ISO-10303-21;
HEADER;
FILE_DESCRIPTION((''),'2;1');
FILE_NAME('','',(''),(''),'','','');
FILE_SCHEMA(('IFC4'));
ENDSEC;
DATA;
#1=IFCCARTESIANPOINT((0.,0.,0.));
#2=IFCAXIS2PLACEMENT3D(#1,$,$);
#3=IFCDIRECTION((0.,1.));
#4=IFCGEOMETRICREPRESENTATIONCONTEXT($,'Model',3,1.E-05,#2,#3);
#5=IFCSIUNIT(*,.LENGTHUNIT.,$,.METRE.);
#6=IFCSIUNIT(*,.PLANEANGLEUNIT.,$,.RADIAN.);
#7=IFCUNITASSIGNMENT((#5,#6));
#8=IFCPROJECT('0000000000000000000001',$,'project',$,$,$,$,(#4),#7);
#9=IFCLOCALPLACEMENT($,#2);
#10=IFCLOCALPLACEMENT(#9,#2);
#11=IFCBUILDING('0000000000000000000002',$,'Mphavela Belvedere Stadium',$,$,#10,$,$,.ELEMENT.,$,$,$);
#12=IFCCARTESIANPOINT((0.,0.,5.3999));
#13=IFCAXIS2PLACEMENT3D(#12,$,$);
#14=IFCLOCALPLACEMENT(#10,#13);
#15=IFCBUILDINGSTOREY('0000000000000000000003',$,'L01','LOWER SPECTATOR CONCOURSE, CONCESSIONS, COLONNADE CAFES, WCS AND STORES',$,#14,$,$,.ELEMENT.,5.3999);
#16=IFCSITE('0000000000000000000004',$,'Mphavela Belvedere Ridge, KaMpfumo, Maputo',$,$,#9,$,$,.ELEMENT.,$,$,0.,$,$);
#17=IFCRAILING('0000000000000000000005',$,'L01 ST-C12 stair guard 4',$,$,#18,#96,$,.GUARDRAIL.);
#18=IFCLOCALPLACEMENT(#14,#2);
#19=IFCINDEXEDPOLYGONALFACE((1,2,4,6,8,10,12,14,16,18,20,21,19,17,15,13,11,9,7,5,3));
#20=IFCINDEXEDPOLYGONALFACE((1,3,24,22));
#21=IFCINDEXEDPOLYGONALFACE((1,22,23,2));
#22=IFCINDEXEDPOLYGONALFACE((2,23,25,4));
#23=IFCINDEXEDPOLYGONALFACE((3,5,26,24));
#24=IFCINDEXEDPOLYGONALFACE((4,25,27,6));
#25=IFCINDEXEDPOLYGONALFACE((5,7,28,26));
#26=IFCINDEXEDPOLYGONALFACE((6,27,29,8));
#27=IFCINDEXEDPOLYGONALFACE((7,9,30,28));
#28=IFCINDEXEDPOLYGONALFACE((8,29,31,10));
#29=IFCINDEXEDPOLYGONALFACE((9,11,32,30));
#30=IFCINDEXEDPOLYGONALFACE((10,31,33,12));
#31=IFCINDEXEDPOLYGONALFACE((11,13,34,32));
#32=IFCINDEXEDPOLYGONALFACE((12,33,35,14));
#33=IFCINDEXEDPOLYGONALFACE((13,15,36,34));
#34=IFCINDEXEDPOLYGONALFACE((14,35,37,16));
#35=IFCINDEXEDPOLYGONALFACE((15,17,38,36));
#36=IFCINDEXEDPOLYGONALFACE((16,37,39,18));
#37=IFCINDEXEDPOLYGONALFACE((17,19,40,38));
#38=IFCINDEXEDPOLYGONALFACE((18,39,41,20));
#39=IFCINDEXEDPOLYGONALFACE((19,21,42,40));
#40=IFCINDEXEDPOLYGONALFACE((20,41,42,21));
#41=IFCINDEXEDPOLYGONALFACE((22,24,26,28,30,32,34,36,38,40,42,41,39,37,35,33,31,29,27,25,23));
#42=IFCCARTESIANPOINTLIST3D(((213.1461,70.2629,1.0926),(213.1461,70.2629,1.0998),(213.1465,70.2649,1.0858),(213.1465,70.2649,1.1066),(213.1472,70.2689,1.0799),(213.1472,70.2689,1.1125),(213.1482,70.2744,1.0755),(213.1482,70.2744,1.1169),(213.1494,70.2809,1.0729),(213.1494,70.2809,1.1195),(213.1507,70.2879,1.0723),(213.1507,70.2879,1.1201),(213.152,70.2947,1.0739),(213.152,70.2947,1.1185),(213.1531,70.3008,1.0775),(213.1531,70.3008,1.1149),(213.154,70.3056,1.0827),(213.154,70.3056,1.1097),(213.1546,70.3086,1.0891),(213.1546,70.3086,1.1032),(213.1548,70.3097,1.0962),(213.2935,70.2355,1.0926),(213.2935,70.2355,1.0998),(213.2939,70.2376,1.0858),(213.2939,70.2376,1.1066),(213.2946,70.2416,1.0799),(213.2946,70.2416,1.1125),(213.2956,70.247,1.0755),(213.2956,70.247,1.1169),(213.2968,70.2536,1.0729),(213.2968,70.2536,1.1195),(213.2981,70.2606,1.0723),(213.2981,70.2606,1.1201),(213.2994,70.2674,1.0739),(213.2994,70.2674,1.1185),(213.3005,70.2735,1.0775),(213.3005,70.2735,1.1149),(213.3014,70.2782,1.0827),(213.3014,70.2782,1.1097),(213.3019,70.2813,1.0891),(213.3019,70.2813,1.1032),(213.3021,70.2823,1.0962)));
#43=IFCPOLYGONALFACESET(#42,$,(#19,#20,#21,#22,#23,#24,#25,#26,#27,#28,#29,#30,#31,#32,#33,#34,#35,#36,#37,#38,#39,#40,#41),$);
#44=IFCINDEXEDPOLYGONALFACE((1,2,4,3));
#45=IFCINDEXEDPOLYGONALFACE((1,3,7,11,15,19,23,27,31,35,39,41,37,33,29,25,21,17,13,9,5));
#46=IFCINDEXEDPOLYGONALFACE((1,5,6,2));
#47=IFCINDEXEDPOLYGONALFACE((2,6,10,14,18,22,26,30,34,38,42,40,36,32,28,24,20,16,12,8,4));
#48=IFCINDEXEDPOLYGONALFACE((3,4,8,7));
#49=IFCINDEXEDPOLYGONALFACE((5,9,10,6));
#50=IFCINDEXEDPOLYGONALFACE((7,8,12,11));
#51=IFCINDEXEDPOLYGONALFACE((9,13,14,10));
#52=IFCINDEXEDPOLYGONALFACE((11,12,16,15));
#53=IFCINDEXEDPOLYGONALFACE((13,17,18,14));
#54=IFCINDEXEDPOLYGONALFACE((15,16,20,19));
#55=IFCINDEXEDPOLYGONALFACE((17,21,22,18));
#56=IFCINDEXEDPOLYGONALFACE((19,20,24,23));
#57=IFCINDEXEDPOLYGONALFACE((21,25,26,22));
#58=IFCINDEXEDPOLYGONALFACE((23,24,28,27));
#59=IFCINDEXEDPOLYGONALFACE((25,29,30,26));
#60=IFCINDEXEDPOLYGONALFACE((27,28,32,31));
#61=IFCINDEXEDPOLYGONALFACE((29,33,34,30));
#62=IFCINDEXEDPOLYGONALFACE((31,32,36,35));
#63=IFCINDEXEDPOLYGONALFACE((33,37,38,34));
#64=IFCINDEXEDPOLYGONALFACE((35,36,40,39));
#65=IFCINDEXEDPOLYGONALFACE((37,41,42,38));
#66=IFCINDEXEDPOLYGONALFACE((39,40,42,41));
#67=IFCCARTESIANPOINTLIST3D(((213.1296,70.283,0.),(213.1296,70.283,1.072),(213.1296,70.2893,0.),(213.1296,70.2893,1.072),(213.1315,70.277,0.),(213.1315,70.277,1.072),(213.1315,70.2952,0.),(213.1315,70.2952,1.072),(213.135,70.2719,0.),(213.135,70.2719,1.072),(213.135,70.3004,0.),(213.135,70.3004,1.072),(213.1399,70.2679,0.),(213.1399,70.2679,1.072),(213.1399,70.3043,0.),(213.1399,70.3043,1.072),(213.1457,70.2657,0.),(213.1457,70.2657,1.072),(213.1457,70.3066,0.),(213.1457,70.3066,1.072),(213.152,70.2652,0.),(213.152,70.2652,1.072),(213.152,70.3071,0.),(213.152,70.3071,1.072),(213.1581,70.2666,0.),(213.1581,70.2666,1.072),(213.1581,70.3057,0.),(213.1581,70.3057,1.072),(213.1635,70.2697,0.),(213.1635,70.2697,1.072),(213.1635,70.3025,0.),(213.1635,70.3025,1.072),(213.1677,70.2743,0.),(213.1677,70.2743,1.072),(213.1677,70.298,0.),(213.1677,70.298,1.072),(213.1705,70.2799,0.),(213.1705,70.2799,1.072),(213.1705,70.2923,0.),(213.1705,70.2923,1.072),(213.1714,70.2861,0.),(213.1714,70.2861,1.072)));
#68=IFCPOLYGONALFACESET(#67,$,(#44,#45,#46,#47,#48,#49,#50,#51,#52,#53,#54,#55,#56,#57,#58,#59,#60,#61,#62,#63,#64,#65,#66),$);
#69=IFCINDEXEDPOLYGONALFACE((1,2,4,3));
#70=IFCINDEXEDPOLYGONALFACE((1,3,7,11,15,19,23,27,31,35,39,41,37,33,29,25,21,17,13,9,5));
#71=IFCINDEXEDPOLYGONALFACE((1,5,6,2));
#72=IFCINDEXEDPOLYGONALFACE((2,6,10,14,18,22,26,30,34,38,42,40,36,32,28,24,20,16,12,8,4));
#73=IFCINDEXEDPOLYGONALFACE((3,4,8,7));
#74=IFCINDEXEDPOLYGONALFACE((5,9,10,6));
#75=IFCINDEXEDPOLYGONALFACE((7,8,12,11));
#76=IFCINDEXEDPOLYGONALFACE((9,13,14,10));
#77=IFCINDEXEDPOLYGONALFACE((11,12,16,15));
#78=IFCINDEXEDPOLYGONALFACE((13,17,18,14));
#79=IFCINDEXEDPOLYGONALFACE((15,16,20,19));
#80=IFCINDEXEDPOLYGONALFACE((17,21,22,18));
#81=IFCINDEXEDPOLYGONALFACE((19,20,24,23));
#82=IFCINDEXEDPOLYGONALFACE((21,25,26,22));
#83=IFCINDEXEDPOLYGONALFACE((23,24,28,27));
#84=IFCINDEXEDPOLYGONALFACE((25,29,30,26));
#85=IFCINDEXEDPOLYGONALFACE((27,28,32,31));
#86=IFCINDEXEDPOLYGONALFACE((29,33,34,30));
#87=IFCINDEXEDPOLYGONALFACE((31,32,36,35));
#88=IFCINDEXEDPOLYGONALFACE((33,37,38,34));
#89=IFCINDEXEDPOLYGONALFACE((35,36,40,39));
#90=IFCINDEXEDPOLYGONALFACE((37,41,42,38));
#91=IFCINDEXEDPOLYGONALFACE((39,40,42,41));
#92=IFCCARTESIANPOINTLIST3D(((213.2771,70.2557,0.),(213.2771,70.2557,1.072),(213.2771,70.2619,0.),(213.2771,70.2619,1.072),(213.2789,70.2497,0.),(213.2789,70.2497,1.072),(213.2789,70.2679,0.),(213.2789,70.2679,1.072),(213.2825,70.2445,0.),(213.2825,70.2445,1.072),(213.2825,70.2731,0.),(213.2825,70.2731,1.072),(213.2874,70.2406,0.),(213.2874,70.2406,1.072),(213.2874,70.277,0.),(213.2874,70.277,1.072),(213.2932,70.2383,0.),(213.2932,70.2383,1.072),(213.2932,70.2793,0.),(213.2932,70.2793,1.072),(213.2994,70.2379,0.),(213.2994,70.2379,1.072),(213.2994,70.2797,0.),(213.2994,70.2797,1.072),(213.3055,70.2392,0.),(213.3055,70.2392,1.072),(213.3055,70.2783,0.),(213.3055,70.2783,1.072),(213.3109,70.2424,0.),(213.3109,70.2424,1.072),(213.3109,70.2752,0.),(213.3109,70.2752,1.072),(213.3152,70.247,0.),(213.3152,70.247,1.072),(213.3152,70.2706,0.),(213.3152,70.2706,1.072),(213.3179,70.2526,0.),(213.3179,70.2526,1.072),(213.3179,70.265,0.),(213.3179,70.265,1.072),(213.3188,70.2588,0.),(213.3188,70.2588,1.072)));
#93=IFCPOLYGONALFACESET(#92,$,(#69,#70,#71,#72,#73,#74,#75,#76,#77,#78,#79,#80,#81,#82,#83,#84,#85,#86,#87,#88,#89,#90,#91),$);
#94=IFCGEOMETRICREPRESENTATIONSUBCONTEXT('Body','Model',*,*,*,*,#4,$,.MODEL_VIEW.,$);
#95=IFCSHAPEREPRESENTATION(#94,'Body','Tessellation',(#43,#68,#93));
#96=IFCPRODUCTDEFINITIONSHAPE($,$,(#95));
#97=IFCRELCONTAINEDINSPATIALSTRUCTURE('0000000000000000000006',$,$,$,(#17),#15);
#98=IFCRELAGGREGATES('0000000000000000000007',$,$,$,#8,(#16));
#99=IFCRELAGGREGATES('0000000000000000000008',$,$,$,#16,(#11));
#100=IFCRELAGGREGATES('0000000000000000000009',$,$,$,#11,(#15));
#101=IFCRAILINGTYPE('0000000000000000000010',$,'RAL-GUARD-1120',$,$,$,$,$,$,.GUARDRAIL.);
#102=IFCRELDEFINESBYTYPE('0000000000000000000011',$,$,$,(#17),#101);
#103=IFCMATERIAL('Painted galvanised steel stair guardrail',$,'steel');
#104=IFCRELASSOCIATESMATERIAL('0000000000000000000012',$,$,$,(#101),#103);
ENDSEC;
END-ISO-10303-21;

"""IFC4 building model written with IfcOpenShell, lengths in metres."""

from ifc_helpers import new_model, si_unit, direction, frame, origin, origin_2d, place, context, subcontext, project, spatial, circle, extrude, material, type_object, element, save


model = new_model("IFC4")

# Units and contexts
model_context = context("Model", 3, precision=1e-05, world=origin(), true_north=direction((0.0, 1.0)))
body_context = subcontext(model_context, "Body", "Model", "MODEL_VIEW")
ifc_project = project(units=[si_unit("LENGTHUNIT", "METRE"), si_unit("PLANEANGLEUNIT", "RADIAN")], contexts=[model_context])

# Site, building, storey
site_placement = place(None, origin())
site = spatial("IfcSite", under=ifc_project, at=site_placement, Name="Mphavela Belvedere Ridge, KaMpfumo, Maputo", CompositionType="ELEMENT", RefElevation=0.0)
building_placement = place(site_placement, origin())
building = spatial("IfcBuilding", under=site, at=building_placement, Name="Mphavela Belvedere Stadium", CompositionType="ELEMENT")
storey_placement = place(building_placement, frame((0.0, 0.0, 5.3999)))
storey = spatial("IfcBuildingStorey", under=building, at=storey_placement, Name="L01", Description="LOWER SPECTATOR CONCOURSE, CONCESSIONS, COLONNADE CAFES, WCS AND STORES", CompositionType="ELEMENT", Elevation=5.3999)

# Railing
ifc_material_1 = material(Name="Painted galvanised steel stair guardrail", Category="steel")
railing_type_1 = type_object("IfcRailingType", Name="RAL-GUARD-1120", PredefinedType="GUARDRAIL", material=ifc_material_1)
railing_1_placement = place(storey_placement, frame((213.1504, 70.2861, 0.0)))
element("IfcRailing", 1, at=railing_1_placement, inside=storey, type_object=railing_type_1, Name="L01 ST-C12 stair guard 4", PredefinedType="GUARDRAIL", context=body_context, shape_type="SweptSolid", body=[
    extrude(circle(Radius=0.0239, at=origin_2d()), frame((0.0, 0.0, 1.0962), z_axis=(0.983239, -0.182322, 0.0), x_axis=(0.182322, 0.983239, 0.0)), (0.0, 0.0, 1.0), 0.1499),
    extrude(circle(Radius=0.021, at=origin_2d()), origin(), (0.0, 0.0, 1.0), 1.072),
    extrude(circle(Radius=0.021, at=origin_2d()), frame((0.1475, -0.0273, 0.0)), (0.0, 0.0, 1.0), 1.072),
])

save(model, "model.ifc")
